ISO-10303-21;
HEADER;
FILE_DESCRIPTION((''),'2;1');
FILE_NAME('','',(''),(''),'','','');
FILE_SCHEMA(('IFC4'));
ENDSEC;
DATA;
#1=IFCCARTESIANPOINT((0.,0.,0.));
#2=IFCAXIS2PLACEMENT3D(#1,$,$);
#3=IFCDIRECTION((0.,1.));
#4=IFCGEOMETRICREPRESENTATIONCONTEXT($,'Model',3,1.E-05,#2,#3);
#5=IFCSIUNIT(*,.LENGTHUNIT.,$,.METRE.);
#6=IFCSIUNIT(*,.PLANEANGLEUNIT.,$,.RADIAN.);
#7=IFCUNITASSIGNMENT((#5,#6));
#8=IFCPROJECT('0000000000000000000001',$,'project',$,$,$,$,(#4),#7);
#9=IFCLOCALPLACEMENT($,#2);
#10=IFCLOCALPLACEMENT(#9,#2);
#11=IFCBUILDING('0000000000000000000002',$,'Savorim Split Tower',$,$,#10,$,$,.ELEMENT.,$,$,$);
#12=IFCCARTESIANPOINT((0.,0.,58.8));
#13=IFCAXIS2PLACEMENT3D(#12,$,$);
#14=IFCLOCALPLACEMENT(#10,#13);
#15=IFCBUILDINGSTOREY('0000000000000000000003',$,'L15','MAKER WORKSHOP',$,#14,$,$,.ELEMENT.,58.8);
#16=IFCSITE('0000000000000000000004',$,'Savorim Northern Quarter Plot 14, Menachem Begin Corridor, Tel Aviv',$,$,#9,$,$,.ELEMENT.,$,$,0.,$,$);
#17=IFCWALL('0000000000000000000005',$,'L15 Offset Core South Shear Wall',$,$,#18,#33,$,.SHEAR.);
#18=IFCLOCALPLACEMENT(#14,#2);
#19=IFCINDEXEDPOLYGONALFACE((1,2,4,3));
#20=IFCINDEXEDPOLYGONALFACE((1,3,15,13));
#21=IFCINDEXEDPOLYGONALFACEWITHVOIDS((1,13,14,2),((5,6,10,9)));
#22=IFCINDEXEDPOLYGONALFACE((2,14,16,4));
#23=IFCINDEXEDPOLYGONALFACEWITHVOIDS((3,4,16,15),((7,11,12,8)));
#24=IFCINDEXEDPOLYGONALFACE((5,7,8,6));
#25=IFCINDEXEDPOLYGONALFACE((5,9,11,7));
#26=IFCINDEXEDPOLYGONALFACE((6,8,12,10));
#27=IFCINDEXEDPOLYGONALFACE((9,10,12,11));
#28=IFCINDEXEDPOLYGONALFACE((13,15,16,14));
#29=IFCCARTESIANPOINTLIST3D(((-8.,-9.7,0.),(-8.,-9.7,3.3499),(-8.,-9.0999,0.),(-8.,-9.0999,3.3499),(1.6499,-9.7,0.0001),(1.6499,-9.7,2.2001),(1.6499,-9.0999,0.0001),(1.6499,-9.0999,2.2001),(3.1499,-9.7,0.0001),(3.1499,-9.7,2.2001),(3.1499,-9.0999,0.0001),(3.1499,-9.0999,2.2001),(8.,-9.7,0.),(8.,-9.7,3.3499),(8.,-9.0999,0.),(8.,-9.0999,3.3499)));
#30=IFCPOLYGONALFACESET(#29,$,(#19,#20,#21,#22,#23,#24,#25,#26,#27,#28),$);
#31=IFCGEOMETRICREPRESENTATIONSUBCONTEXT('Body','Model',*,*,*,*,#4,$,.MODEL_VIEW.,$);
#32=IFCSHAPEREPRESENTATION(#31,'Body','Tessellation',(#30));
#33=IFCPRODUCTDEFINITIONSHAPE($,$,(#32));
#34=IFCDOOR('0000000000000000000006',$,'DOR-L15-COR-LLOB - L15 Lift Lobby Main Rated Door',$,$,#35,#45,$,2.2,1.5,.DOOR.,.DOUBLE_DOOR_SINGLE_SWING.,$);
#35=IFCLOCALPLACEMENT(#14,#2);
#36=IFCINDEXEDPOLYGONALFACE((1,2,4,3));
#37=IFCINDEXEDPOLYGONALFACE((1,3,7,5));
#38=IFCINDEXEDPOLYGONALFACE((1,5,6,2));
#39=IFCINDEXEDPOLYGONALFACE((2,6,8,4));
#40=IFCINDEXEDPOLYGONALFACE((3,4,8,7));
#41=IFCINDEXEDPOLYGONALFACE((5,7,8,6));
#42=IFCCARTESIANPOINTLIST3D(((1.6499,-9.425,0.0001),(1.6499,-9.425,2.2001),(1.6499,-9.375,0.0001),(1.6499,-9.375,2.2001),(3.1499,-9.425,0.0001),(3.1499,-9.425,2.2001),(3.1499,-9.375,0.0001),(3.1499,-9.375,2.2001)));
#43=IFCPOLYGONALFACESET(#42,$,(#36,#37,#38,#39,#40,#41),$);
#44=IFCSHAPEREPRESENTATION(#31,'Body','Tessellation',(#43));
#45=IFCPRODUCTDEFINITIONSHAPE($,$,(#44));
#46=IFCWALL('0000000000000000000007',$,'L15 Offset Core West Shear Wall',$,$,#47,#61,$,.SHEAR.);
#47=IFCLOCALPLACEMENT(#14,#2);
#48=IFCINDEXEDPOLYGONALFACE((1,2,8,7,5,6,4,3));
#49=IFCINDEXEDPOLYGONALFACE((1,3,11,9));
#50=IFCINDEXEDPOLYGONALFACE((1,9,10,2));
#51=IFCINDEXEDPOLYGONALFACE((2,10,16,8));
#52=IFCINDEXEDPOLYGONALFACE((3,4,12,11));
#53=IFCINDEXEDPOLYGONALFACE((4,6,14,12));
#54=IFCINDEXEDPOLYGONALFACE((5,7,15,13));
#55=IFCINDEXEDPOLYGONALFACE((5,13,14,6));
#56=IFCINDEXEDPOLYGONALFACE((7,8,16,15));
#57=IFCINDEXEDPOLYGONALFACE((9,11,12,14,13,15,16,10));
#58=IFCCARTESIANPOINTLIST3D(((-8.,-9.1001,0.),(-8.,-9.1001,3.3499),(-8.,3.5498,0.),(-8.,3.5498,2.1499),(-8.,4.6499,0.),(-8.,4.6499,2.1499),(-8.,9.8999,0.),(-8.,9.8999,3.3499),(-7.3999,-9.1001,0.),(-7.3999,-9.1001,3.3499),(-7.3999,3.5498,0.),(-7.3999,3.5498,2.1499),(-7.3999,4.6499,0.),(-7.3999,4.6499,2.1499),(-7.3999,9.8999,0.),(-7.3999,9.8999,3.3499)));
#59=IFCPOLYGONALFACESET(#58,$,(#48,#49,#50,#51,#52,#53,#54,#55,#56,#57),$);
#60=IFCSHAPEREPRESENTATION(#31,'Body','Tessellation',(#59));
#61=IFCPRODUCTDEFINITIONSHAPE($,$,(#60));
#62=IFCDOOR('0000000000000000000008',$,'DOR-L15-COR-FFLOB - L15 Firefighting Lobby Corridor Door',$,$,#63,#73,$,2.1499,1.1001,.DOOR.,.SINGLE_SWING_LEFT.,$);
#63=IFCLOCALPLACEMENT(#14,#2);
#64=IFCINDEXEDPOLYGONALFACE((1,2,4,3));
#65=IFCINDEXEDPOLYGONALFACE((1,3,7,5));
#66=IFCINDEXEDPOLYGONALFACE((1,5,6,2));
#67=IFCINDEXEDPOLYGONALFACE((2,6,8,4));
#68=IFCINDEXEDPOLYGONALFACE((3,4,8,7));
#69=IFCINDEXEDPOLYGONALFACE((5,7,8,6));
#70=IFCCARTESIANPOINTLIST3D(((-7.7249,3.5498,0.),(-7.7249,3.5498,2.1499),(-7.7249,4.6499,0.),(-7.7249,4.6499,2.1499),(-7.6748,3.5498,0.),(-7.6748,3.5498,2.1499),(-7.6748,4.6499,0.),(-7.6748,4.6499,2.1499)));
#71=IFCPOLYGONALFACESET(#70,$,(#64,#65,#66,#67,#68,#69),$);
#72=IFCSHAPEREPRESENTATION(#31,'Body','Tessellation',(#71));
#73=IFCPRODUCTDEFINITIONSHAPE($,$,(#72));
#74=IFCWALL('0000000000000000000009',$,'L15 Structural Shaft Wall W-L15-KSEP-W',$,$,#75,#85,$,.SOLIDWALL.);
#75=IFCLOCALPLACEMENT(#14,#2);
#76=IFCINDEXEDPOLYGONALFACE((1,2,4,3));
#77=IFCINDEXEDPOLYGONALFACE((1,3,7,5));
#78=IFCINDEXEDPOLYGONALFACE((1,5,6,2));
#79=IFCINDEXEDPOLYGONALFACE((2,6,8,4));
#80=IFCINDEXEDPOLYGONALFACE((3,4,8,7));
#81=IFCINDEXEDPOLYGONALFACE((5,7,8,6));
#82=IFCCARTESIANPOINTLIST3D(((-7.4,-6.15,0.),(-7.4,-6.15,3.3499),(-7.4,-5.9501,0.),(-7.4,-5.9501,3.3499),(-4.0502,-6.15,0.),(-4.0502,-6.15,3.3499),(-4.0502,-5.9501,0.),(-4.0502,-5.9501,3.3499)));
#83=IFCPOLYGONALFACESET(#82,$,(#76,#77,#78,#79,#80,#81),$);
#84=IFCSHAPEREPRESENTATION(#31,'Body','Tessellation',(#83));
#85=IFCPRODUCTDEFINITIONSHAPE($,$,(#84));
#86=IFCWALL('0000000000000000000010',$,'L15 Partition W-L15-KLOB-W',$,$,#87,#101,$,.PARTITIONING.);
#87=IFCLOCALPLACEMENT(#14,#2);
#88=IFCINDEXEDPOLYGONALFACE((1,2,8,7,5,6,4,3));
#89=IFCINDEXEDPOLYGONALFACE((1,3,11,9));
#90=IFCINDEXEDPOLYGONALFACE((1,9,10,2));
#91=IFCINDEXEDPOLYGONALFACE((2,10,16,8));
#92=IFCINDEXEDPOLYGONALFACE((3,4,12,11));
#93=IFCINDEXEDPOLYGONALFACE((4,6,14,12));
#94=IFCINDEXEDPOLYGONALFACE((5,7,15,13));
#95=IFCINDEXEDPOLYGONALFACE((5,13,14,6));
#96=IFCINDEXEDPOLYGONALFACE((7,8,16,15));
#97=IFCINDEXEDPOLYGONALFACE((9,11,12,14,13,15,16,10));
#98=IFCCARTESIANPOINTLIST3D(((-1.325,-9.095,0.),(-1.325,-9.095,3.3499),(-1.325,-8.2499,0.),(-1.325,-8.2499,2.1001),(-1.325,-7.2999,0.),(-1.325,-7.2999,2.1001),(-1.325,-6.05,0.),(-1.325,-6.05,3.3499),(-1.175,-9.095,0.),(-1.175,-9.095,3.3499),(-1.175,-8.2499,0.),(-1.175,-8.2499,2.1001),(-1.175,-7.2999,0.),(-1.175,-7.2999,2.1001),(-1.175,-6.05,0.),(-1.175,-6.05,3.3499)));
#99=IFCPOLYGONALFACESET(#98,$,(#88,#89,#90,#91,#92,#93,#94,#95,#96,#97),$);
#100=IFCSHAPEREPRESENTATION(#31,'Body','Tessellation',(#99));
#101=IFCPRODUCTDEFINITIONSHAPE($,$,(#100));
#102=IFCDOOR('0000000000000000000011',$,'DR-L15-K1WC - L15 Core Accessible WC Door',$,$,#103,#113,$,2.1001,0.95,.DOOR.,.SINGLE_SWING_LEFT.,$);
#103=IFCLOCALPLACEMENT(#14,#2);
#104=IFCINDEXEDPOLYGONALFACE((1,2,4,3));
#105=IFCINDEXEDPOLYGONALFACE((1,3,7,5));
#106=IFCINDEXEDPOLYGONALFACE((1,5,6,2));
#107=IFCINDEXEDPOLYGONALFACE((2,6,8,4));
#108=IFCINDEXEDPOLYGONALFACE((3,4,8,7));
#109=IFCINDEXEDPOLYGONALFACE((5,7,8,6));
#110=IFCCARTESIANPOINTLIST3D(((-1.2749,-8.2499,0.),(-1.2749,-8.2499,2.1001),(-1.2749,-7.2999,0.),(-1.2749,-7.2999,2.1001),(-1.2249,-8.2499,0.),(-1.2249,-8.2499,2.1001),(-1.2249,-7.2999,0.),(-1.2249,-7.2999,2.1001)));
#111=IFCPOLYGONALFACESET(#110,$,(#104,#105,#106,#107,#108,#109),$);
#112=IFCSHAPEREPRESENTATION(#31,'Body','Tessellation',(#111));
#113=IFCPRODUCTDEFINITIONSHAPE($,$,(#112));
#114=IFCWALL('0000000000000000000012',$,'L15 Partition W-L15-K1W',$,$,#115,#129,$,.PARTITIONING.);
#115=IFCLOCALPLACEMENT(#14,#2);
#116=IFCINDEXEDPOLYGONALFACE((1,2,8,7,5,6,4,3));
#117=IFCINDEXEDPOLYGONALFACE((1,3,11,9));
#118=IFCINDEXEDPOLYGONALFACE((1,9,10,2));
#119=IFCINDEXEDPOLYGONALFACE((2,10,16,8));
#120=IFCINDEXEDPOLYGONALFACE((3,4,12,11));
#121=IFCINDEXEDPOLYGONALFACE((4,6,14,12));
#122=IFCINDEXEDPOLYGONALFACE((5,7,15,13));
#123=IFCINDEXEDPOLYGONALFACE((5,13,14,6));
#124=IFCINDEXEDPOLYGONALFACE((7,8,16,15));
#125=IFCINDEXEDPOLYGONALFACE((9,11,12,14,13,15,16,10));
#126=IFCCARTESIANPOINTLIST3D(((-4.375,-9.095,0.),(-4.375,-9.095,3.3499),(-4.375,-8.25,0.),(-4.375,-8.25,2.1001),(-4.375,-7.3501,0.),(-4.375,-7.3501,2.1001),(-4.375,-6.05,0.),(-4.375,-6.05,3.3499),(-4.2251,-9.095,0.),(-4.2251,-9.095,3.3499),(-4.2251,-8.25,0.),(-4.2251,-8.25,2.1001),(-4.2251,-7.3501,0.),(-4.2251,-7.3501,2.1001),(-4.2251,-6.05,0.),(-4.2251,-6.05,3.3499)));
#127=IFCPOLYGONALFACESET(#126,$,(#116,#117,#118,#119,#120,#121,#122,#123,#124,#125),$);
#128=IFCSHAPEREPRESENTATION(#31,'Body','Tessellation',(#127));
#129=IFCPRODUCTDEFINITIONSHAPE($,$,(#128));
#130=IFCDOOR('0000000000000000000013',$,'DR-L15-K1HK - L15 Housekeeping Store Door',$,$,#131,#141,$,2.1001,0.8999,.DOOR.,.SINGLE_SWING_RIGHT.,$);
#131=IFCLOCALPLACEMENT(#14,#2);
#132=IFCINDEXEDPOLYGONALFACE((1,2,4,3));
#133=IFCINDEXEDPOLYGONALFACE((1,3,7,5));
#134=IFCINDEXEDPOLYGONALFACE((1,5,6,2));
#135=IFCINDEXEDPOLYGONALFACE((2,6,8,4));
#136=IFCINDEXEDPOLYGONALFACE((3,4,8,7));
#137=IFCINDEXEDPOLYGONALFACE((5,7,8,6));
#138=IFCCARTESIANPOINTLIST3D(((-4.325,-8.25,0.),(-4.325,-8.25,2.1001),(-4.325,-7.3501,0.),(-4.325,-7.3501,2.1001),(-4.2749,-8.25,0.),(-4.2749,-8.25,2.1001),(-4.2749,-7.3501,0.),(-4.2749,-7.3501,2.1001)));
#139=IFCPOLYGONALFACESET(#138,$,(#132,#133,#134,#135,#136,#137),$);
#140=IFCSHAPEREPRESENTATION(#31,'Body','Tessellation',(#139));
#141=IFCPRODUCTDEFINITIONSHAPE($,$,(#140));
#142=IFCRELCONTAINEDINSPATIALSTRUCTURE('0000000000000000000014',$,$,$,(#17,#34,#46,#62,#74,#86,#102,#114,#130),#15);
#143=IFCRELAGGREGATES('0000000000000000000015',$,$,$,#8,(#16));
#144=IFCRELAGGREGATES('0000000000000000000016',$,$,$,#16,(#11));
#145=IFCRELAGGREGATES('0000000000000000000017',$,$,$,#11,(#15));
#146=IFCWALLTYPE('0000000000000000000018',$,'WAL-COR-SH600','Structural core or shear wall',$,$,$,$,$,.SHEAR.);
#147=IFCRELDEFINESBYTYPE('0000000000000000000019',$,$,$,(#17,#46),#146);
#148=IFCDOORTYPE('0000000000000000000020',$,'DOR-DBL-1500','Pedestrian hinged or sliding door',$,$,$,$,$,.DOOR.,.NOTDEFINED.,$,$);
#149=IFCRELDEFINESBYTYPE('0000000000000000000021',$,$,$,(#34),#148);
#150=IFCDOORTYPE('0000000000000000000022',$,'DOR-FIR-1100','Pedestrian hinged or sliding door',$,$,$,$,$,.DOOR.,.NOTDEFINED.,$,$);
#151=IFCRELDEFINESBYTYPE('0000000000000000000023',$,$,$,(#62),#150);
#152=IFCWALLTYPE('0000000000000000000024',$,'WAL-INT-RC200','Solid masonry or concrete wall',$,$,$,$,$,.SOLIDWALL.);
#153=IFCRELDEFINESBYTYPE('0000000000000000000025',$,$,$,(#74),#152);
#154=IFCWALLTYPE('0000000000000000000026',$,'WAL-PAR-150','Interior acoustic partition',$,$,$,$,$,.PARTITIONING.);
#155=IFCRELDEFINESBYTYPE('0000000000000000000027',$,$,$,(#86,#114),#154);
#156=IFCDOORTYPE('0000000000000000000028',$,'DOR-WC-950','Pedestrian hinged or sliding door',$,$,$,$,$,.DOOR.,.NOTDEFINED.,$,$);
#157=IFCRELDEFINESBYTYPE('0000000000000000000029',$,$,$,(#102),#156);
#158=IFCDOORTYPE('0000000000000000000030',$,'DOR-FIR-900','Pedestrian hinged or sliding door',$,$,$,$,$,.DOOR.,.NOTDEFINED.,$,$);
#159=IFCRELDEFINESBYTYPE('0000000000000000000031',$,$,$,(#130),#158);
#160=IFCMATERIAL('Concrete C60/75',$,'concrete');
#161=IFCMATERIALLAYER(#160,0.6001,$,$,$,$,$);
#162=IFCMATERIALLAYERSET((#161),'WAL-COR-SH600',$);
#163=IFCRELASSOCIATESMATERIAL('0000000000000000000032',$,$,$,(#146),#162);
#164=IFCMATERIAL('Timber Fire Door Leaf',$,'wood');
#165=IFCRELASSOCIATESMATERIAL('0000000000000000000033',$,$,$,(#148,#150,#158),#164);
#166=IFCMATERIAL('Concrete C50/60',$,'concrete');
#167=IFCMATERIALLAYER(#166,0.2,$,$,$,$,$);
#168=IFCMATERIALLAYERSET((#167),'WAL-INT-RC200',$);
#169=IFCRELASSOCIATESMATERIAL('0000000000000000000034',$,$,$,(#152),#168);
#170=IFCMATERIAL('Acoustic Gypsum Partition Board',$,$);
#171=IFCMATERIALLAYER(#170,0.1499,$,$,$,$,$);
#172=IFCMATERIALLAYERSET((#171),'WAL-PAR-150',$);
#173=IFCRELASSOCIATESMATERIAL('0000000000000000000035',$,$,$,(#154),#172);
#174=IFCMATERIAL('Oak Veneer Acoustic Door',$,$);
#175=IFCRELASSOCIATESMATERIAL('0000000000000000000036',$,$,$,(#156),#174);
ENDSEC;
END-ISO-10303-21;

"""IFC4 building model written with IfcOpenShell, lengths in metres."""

from ifc_helpers import new_model, si_unit, direction, frame, frame_2d, origin, place, context, subcontext, project, spatial, rectangle, extrude, material, layer, layer_set, type_object, element, fill, save


model = new_model("IFC4")

# Units and contexts
model_context = context("Model", 3, precision=1e-05, world=origin(), true_north=direction((0.0, 1.0)))
body_context = subcontext(model_context, "Body", "Model", "MODEL_VIEW")
ifc_project = project(units=[si_unit("LENGTHUNIT", "METRE"), si_unit("PLANEANGLEUNIT", "RADIAN")], contexts=[model_context])

# Site, building, storey
site_placement = place(None, origin())
site = spatial("IfcSite", under=ifc_project, at=site_placement, Name="Savorim Northern Quarter Plot 14, Menachem Begin Corridor, Tel Aviv", CompositionType="ELEMENT", RefElevation=0.0)
building_placement = place(site_placement, origin())
building = spatial("IfcBuilding", under=site, at=building_placement, Name="Savorim Split Tower", CompositionType="ELEMENT")
storey_placement = place(building_placement, frame((0.0, 0.0, 58.8)))
storey = spatial("IfcBuildingStorey", under=building, at=storey_placement, Name="L15", Description="MAKER WORKSHOP", CompositionType="ELEMENT", Elevation=58.8)

# Walls, openings, doors
ifc_material_1 = material(Name="Concrete C60/75", Category="concrete")
ifc_layer_1 = layer(ifc_material_1, 0.6001)
ifc_layer_set_1 = layer_set([ifc_layer_1], Name="WAL-COR-SH600")
wall_type_1 = type_object("IfcWallType", Name="WAL-COR-SH600", Description="Structural core or shear wall", PredefinedType="SHEAR", material=ifc_layer_set_1)
wall_1_placement = place(storey_placement, frame((-8.0, -9.3999, 0.0), z_axis=(0.0, 0.0, 1.0), x_axis=(1.0, 0.0, 0.0)))
wall_1 = element("IfcWall", 1, at=wall_1_placement, inside=storey, type_object=wall_type_1, Name="L15 Offset Core South Shear Wall", PredefinedType="SHEAR", context=body_context, shape_type="SweptSolid", body=[
    extrude(rectangle(XDim=16.0, YDim=0.6001, at=frame_2d((8.0, 0.0))), origin(), (0.0, 0.0, 1.0), 3.3499),
])
opening_1_placement = place(wall_1_placement, frame((9.6499, 0.0, 0.0)))
opening_1 = element("IfcOpeningElement", 2, at=opening_1_placement, cuts=wall_1, PredefinedType="OPENING", context=body_context, shape_type="SweptSolid", body=[
    extrude(rectangle(XDim=1.5, YDim=2.2, at=frame_2d((0.75, 1.1001))), frame((0.0, 0.3101, 0.0), z_axis=(0.0, -1.0, 0.0), x_axis=(1.0, 0.0, 0.0)), (0.0, 0.0, 1.0), 0.6201),
])
ifc_material_2 = material(Name="Timber Fire Door Leaf", Category="wood")
door_type_1 = type_object("IfcDoorType", Name="DOR-DBL-1500", Description="Pedestrian hinged or sliding door", OperationType="NOTDEFINED", PredefinedType="DOOR", material=ifc_material_2)
door_1_placement = place(opening_1_placement, origin())
door_1 = element("IfcDoor", 3, at=door_1_placement, inside=storey, type_object=door_type_1, Name="DOR-L15-COR-LLOB - L15 Lift Lobby Main Rated Door", OperationType="DOUBLE_DOOR_SINGLE_SWING", OverallHeight=2.2, OverallWidth=1.5, PredefinedType="DOOR", context=body_context, shape_type="SweptSolid", body=[
    extrude(rectangle(XDim=1.5, YDim=2.2, at=frame_2d((0.75, 1.1001))), frame((0.0, 0.0249, 0.0), z_axis=(0.0, -1.0, 0.0), x_axis=(1.0, 0.0, 0.0)), (0.0, 0.0, 1.0), 0.05),
])
fill(opening_1, door_1)
wall_2_placement = place(storey_placement, frame((-7.7, -9.1001, 0.0), z_axis=(0.0, 0.0, 1.0), x_axis=(0.0, 1.0, 0.0)))
wall_2 = element("IfcWall", 4, at=wall_2_placement, inside=storey, type_object=wall_type_1, Name="L15 Offset Core West Shear Wall", PredefinedType="SHEAR", context=body_context, shape_type="SweptSolid", body=[
    extrude(rectangle(XDim=19.0, YDim=0.6001, at=frame_2d((9.5, 0.0))), origin(), (0.0, 0.0, 1.0), 3.3499),
])
opening_2_placement = place(wall_2_placement, frame((12.6499, 0.0, 0.0)))
opening_2 = element("IfcOpeningElement", 5, at=opening_2_placement, cuts=wall_2, PredefinedType="OPENING", context=body_context, shape_type="SweptSolid", body=[
    extrude(rectangle(XDim=1.1001, YDim=2.1499, at=frame_2d((0.55, 1.075))), frame((0.0, 0.3101, 0.0), z_axis=(0.0, -1.0, 0.0), x_axis=(1.0, 0.0, 0.0)), (0.0, 0.0, 1.0), 0.6201),
])
door_type_2 = type_object("IfcDoorType", Name="DOR-FIR-1100", Description="Pedestrian hinged or sliding door", OperationType="NOTDEFINED", PredefinedType="DOOR", material=ifc_material_2)
door_2_placement = place(opening_2_placement, origin())
door_2 = element("IfcDoor", 6, at=door_2_placement, inside=storey, type_object=door_type_2, Name="DOR-L15-COR-FFLOB - L15 Firefighting Lobby Corridor Door", OperationType="SINGLE_SWING_LEFT", OverallHeight=2.1499, OverallWidth=1.1001, PredefinedType="DOOR", context=body_context, shape_type="SweptSolid", body=[
    extrude(rectangle(XDim=1.1001, YDim=2.1499, at=frame_2d((0.55, 1.075))), frame((0.0, 0.0249, 0.0), z_axis=(0.0, -1.0, 0.0), x_axis=(1.0, 0.0, 0.0)), (0.0, 0.0, 1.0), 0.05),
])
fill(opening_2, door_2)

# Wall
ifc_material_3 = material(Name="Concrete C50/60", Category="concrete")
ifc_layer_2 = layer(ifc_material_3, 0.2)
ifc_layer_set_2 = layer_set([ifc_layer_2], Name="WAL-INT-RC200")
wall_type_2 = type_object("IfcWallType", Name="WAL-INT-RC200", Description="Solid masonry or concrete wall", PredefinedType="SOLIDWALL", material=ifc_layer_set_2)
wall_3_placement = place(storey_placement, frame((-7.3999, -6.05, 0.0), z_axis=(0.0, 0.0, 1.0), x_axis=(1.0, 0.0, 0.0)))
element("IfcWall", 7, at=wall_3_placement, inside=storey, type_object=wall_type_2, Name="L15 Structural Shaft Wall W-L15-KSEP-W", PredefinedType="SOLIDWALL", context=body_context, shape_type="SweptSolid", body=[
    extrude(rectangle(XDim=3.3499, YDim=0.2, at=frame_2d((1.6748, 0.0))), origin(), (0.0, 0.0, 1.0), 3.3499),
])

# Walls, openings, doors
ifc_material_4 = material(Name="Acoustic Gypsum Partition Board")
ifc_layer_3 = layer(ifc_material_4, 0.1499)
ifc_layer_set_3 = layer_set([ifc_layer_3], Name="WAL-PAR-150")
wall_type_3 = type_object("IfcWallType", Name="WAL-PAR-150", Description="Interior acoustic partition", PredefinedType="PARTITIONING", material=ifc_layer_set_3)
wall_4_placement = place(storey_placement, frame((-1.25, -9.095, 0.0), z_axis=(0.0, 0.0, 1.0), x_axis=(0.0, 1.0, 0.0)))
wall_4 = element("IfcWall", 8, at=wall_4_placement, inside=storey, type_object=wall_type_3, Name="L15 Partition W-L15-KLOB-W", PredefinedType="PARTITIONING", context=body_context, shape_type="SweptSolid", body=[
    extrude(rectangle(XDim=3.0449, YDim=0.1499, at=frame_2d((1.5225, 0.0))), origin(), (0.0, 0.0, 1.0), 3.3499),
])
opening_3_placement = place(wall_4_placement, frame((0.845, 0.0, 0.0)))
opening_3 = element("IfcOpeningElement", 9, at=opening_3_placement, cuts=wall_4, PredefinedType="OPENING", context=body_context, shape_type="SweptSolid", body=[
    extrude(rectangle(XDim=0.95, YDim=2.1001, at=frame_2d((0.4751, 1.05))), frame((0.0, 0.085, 0.0), z_axis=(0.0, -1.0, 0.0), x_axis=(1.0, 0.0, 0.0)), (0.0, 0.0, 1.0), 0.1699),
])
ifc_material_5 = material(Name="Oak Veneer Acoustic Door")
door_type_3 = type_object("IfcDoorType", Name="DOR-WC-950", Description="Pedestrian hinged or sliding door", OperationType="NOTDEFINED", PredefinedType="DOOR", material=ifc_material_5)
door_3_placement = place(opening_3_placement, origin())
door_3 = element("IfcDoor", 10, at=door_3_placement, inside=storey, type_object=door_type_3, Name="DR-L15-K1WC - L15 Core Accessible WC Door", OperationType="SINGLE_SWING_LEFT", OverallHeight=2.1001, OverallWidth=0.95, PredefinedType="DOOR", context=body_context, shape_type="SweptSolid", body=[
    extrude(rectangle(XDim=0.95, YDim=2.1001, at=frame_2d((0.4751, 1.05))), frame((0.0, 0.0249, 0.0), z_axis=(0.0, -1.0, 0.0), x_axis=(1.0, 0.0, 0.0)), (0.0, 0.0, 1.0), 0.05),
])
fill(opening_3, door_3)
wall_5_placement = place(storey_placement, frame((-4.3, -9.095, 0.0), z_axis=(0.0, 0.0, 1.0), x_axis=(0.0, 1.0, 0.0)))
wall_5 = element("IfcWall", 11, at=wall_5_placement, inside=storey, type_object=wall_type_3, Name="L15 Partition W-L15-K1W", PredefinedType="PARTITIONING", context=body_context, shape_type="SweptSolid", body=[
    extrude(rectangle(XDim=3.0449, YDim=0.1499, at=frame_2d((1.5225, 0.0))), origin(), (0.0, 0.0, 1.0), 3.3499),
])
opening_4_placement = place(wall_5_placement, frame((0.845, 0.0, 0.0)))
opening_4 = element("IfcOpeningElement", 12, at=opening_4_placement, cuts=wall_5, PredefinedType="OPENING", context=body_context, shape_type="SweptSolid", body=[
    extrude(rectangle(XDim=0.8999, YDim=2.1001, at=frame_2d((0.45, 1.05))), frame((0.0, 0.085, 0.0), z_axis=(0.0, -1.0, 0.0), x_axis=(1.0, 0.0, 0.0)), (0.0, 0.0, 1.0), 0.1699),
])
door_type_4 = type_object("IfcDoorType", Name="DOR-FIR-900", Description="Pedestrian hinged or sliding door", OperationType="NOTDEFINED", PredefinedType="DOOR", material=ifc_material_2)
door_4_placement = place(opening_4_placement, origin())
door_4 = element("IfcDoor", 13, at=door_4_placement, inside=storey, type_object=door_type_4, Name="DR-L15-K1HK - L15 Housekeeping Store Door", OperationType="SINGLE_SWING_RIGHT", OverallHeight=2.1001, OverallWidth=0.8999, PredefinedType="DOOR", context=body_context, shape_type="SweptSolid", body=[
    extrude(rectangle(XDim=0.8999, YDim=2.1001, at=frame_2d((0.45, 1.05))), frame((0.0, 0.0249, 0.0), z_axis=(0.0, -1.0, 0.0), x_axis=(1.0, 0.0, 0.0)), (0.0, 0.0, 1.0), 0.05),
])
fill(opening_4, door_4)

save(model, "model.ifc")
